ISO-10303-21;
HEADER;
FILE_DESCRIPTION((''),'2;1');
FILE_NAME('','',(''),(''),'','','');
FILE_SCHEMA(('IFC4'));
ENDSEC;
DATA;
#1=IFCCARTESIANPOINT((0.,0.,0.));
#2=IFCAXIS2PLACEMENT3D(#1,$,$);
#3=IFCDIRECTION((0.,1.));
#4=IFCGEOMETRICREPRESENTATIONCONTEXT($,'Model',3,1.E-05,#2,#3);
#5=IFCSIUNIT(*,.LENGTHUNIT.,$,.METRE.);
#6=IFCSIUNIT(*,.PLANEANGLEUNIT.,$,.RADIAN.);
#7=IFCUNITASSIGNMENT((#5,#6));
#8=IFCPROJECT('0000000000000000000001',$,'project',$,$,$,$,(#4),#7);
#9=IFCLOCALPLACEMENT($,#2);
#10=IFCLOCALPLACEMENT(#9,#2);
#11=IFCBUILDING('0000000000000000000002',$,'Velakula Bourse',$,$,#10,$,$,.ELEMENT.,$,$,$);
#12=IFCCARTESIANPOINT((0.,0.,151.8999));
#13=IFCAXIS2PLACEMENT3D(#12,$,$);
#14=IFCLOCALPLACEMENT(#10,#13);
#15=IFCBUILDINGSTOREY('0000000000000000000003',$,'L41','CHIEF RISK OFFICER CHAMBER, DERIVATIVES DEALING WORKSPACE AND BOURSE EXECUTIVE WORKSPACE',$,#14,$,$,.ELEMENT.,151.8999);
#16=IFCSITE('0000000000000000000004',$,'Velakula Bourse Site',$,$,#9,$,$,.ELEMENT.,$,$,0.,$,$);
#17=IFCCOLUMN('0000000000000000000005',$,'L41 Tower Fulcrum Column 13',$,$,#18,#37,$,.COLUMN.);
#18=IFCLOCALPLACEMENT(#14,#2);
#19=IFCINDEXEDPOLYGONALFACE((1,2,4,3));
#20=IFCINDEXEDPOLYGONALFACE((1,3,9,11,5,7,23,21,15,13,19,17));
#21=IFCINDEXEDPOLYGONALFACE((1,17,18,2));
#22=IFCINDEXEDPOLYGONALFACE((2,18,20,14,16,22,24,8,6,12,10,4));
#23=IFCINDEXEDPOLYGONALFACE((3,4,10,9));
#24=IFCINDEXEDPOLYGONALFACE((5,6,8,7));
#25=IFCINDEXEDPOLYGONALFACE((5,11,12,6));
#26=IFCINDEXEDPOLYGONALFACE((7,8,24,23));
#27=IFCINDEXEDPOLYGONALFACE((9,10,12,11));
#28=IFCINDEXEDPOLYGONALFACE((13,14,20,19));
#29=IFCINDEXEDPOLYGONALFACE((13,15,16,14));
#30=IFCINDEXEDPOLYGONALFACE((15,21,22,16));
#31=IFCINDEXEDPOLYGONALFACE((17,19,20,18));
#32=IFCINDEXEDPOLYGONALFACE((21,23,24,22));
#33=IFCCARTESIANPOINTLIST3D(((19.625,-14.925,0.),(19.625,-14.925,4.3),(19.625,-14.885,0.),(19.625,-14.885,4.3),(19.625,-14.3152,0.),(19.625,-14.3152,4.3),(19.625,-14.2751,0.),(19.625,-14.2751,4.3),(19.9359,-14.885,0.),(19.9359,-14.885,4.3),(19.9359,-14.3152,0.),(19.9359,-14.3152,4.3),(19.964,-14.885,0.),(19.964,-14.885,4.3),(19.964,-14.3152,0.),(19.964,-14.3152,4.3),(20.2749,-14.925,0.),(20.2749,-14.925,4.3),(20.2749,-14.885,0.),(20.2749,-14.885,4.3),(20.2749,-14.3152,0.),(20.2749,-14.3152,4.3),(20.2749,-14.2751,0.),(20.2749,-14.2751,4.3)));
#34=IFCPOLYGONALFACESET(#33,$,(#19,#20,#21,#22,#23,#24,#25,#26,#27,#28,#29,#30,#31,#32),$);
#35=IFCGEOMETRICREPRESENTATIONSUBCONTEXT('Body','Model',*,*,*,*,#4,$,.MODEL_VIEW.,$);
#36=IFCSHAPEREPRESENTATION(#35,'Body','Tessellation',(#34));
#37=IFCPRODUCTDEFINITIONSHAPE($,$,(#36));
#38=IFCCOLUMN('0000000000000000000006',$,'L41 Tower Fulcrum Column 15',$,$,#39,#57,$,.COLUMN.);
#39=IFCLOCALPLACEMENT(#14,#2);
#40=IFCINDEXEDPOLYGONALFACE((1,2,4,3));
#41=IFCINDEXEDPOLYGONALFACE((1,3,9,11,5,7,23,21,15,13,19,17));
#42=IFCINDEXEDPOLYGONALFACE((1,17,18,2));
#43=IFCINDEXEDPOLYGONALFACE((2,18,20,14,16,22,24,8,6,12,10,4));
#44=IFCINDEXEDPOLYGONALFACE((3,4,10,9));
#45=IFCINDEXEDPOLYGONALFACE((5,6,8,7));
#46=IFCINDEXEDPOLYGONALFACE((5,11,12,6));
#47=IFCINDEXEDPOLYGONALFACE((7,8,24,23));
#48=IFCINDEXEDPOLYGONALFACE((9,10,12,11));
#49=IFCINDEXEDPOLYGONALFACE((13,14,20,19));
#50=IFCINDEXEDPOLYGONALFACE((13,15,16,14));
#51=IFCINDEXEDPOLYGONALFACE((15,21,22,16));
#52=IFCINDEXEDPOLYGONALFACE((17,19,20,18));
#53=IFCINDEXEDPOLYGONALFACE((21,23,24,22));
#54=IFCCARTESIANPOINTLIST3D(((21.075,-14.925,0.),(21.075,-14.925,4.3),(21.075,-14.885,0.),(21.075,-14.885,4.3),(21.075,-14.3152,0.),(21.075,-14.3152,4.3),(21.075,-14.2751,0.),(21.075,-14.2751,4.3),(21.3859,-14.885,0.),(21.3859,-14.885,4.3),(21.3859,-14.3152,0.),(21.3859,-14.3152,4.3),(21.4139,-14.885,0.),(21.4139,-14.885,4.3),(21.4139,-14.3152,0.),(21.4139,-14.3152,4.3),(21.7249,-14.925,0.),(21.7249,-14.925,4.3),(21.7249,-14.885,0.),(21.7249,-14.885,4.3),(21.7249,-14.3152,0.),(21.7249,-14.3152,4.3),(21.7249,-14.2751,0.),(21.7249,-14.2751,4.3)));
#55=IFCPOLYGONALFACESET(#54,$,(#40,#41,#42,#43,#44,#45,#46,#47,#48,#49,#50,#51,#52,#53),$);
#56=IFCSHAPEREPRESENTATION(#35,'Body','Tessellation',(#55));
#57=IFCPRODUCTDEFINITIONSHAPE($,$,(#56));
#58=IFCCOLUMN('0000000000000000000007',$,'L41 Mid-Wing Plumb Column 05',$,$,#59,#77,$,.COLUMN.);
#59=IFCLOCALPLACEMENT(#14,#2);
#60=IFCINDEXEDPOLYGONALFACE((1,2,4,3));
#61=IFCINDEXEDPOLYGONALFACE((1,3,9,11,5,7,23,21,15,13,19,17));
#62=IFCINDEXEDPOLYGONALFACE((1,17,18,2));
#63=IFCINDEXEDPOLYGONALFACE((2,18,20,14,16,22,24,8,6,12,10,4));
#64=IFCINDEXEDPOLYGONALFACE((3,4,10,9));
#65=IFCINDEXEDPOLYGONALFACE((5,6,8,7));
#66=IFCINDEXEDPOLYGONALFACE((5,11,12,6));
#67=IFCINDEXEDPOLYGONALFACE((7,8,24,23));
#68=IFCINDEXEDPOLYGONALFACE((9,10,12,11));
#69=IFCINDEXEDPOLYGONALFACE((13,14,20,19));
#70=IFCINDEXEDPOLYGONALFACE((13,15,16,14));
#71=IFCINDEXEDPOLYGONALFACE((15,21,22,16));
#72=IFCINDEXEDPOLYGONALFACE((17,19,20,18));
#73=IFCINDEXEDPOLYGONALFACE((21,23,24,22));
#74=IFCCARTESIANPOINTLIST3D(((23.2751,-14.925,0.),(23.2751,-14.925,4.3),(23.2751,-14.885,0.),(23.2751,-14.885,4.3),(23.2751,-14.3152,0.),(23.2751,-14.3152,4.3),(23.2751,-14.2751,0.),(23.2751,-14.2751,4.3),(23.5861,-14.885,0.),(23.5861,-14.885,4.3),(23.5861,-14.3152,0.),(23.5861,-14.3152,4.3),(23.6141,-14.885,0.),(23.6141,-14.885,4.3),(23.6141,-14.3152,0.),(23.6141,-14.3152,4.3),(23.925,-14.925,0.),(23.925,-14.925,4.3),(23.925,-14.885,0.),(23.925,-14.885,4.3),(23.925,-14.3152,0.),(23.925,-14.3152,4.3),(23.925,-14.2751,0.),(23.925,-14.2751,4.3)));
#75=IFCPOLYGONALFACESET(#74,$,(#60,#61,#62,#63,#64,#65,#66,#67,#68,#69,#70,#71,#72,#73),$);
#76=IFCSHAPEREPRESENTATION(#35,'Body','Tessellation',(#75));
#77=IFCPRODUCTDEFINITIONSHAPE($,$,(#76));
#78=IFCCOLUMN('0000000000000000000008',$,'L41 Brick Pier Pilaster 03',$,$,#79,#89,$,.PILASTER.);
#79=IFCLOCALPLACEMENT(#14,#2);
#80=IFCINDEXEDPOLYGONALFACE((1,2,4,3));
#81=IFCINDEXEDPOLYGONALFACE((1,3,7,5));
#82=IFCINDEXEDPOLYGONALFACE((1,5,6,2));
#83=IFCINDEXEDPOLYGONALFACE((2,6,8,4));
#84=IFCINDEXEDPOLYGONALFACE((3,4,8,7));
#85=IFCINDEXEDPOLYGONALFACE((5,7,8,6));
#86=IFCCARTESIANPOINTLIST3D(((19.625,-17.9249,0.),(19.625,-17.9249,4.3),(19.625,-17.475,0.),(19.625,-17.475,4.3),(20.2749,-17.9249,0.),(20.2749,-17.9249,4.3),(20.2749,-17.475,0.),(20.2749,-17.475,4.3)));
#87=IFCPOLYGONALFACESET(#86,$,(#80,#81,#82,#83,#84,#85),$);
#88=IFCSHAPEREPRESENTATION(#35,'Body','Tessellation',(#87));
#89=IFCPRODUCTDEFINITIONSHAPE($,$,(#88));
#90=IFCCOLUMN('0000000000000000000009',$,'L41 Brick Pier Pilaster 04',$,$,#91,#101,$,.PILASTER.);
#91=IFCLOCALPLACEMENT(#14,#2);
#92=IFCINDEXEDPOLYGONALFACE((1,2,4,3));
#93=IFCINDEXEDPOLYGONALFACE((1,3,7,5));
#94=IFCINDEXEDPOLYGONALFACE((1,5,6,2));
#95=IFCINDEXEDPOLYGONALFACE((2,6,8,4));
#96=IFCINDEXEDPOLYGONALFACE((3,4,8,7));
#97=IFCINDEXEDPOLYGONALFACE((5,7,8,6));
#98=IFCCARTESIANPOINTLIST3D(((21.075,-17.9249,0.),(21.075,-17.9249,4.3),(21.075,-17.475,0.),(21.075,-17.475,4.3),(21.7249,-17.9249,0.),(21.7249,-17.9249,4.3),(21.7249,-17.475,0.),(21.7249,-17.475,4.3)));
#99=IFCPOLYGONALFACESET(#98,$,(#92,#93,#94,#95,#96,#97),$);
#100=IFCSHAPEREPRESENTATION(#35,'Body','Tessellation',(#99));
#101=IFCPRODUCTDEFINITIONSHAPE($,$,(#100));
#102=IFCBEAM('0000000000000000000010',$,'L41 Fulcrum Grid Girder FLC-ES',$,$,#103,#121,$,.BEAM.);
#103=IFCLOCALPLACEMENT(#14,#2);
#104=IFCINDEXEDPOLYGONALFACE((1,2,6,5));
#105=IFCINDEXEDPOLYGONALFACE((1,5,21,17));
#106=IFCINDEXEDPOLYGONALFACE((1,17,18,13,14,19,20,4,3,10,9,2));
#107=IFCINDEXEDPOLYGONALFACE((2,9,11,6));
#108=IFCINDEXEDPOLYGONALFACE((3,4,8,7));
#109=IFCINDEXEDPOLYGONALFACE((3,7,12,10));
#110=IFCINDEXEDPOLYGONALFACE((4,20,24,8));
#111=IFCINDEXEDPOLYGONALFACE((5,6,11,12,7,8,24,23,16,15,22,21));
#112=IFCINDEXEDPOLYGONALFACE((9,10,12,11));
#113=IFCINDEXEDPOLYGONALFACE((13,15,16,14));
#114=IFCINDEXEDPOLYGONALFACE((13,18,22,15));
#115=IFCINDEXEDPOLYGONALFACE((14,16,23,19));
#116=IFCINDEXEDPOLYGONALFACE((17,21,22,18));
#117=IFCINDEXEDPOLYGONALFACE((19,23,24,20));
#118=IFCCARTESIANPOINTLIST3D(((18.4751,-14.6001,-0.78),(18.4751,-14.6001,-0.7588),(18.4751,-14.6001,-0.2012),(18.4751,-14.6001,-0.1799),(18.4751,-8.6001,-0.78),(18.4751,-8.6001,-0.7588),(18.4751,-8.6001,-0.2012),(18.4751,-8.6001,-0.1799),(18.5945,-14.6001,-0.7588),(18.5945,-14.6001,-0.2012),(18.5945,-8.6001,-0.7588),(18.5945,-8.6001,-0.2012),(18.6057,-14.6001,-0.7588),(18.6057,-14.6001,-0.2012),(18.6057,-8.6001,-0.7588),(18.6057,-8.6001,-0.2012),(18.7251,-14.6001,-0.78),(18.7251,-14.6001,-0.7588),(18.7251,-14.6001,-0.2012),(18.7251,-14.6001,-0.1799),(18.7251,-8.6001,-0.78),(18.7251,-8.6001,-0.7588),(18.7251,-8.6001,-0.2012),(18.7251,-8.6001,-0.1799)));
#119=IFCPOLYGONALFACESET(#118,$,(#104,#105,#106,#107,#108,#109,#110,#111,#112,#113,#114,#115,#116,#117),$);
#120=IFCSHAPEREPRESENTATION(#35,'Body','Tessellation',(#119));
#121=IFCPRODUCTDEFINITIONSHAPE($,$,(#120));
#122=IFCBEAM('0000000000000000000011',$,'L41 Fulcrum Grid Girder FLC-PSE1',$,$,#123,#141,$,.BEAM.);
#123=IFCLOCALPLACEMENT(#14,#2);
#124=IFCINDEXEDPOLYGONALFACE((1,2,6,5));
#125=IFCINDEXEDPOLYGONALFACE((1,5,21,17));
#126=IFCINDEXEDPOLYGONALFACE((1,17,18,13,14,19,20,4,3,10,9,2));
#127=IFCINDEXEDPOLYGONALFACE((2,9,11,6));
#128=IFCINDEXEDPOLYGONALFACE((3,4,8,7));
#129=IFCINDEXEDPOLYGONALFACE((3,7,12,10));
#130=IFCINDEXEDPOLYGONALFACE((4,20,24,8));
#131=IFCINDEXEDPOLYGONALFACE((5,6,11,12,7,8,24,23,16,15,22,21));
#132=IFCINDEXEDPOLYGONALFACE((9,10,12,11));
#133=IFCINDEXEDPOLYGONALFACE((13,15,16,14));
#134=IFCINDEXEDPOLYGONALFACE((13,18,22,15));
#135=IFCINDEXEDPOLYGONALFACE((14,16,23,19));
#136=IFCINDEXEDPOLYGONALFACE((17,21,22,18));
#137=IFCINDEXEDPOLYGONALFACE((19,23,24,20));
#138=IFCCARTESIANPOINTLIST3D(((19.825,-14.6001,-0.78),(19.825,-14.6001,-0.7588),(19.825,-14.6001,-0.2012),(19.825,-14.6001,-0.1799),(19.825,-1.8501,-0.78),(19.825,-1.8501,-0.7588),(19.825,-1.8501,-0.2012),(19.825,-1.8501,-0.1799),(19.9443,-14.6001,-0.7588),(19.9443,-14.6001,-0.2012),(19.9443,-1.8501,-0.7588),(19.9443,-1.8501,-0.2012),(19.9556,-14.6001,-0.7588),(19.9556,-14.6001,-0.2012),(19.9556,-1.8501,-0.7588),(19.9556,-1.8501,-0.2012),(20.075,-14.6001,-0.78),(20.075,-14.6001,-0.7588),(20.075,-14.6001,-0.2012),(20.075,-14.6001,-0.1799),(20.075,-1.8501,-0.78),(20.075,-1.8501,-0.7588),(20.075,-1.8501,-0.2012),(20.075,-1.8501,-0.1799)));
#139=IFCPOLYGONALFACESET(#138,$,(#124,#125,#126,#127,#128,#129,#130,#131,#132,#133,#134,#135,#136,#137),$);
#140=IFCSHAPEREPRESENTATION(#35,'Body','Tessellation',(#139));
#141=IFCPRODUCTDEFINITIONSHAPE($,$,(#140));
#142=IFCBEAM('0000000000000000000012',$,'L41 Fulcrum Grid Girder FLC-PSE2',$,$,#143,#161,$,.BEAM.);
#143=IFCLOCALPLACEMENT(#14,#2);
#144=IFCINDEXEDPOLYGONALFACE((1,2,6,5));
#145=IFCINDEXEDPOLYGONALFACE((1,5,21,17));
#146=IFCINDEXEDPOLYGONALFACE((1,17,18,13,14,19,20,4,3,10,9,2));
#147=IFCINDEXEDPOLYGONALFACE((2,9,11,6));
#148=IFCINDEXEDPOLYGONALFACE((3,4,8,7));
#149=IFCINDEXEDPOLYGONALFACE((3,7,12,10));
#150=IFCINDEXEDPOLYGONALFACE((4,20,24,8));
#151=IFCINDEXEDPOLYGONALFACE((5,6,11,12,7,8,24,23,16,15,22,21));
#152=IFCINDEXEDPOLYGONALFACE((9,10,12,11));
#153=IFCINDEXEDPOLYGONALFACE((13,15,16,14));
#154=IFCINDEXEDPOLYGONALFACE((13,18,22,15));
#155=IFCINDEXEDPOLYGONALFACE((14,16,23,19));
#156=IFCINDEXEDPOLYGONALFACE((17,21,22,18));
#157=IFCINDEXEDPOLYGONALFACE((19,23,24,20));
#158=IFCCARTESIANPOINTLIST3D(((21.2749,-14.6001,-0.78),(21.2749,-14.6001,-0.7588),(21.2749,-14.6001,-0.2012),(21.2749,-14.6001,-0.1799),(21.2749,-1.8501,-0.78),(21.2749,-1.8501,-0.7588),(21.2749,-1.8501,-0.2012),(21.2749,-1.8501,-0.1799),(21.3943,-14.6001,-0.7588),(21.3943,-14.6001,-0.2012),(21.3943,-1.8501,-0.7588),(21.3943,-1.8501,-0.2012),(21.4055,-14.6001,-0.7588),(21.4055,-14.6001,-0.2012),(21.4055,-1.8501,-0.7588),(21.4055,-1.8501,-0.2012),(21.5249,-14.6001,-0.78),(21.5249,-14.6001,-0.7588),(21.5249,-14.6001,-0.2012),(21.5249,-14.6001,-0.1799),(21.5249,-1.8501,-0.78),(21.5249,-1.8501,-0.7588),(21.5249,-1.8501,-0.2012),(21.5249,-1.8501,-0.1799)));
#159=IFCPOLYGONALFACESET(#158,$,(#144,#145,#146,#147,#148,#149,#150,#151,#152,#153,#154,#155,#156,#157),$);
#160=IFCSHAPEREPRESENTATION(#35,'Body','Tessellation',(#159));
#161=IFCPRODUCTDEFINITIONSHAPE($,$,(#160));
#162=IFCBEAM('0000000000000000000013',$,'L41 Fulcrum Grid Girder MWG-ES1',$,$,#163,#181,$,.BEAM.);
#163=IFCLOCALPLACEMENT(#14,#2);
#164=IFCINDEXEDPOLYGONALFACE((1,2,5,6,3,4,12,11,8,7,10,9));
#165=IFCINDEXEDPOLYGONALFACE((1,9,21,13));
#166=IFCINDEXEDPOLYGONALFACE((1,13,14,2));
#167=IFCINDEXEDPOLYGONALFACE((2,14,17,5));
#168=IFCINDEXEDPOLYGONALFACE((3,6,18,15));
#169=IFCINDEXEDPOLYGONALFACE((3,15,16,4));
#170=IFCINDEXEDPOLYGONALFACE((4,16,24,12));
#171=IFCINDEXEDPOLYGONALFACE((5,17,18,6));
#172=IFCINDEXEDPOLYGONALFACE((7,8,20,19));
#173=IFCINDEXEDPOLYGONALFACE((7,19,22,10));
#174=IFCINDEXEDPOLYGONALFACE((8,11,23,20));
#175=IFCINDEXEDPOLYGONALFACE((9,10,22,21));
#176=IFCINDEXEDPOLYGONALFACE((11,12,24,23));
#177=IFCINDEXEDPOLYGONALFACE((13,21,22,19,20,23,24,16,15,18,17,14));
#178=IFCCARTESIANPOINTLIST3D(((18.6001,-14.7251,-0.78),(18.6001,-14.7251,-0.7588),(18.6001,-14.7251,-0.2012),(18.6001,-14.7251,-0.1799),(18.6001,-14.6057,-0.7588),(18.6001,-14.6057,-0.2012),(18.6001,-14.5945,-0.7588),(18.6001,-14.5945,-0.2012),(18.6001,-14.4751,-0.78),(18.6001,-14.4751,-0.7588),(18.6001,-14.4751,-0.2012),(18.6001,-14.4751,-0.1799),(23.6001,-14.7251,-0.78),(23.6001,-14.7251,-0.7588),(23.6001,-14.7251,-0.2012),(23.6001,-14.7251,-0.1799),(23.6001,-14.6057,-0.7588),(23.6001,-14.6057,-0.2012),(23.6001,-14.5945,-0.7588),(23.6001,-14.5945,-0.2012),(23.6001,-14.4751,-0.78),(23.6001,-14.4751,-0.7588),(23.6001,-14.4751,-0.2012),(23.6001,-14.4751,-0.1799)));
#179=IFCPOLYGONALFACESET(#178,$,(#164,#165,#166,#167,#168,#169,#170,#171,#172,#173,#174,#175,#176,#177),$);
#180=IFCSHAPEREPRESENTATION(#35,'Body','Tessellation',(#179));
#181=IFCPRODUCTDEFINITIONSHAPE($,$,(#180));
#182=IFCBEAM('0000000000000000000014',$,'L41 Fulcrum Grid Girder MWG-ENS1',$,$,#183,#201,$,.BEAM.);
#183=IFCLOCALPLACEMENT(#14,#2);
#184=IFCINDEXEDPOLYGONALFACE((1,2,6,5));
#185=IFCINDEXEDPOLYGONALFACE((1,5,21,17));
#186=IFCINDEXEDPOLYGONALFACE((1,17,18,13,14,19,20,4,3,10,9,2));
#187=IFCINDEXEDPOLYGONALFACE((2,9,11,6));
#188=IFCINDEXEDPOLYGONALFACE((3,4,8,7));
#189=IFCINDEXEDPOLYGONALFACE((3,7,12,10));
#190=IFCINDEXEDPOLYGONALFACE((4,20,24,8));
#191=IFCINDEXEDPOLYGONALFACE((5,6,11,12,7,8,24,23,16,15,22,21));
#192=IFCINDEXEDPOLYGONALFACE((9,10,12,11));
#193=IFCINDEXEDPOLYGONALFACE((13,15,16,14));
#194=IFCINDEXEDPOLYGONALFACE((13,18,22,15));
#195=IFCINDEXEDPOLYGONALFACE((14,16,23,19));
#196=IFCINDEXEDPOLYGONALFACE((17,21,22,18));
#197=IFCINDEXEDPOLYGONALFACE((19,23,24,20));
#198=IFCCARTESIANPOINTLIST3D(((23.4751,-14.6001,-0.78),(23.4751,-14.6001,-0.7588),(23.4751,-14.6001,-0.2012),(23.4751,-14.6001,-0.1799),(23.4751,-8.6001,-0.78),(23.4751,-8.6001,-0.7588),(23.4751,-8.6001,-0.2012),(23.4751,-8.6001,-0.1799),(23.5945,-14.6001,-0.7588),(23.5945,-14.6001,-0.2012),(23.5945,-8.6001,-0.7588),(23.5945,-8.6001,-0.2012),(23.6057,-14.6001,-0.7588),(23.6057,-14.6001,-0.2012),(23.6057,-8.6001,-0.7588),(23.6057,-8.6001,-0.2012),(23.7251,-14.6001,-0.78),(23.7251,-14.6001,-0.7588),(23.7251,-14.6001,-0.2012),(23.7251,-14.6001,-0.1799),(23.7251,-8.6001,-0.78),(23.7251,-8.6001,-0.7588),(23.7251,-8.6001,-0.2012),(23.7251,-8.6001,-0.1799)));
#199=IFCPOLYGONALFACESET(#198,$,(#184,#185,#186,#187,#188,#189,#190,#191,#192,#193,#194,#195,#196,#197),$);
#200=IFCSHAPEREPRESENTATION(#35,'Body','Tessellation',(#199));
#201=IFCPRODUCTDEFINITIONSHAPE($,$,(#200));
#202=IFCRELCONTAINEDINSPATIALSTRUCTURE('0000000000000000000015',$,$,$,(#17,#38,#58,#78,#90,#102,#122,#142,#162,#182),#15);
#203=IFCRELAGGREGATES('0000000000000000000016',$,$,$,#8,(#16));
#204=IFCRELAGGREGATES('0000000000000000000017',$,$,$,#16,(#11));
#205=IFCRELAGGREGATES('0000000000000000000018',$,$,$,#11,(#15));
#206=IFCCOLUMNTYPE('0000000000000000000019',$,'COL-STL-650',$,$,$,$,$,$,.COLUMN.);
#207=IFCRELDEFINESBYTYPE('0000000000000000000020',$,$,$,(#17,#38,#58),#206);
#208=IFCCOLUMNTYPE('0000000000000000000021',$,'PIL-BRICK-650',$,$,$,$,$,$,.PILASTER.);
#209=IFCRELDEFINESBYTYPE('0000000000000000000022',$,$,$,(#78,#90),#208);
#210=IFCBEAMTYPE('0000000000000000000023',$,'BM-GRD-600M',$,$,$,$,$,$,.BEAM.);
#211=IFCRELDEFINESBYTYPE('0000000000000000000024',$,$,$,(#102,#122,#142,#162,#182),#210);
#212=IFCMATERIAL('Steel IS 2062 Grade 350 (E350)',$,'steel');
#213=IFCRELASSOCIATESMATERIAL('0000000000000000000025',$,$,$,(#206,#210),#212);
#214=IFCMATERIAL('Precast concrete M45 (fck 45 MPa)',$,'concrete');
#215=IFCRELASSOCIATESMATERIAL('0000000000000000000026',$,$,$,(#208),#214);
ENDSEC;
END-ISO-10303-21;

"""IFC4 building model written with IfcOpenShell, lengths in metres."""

from ifc_helpers import new_model, si_unit, direction, frame, origin, origin_2d, place, context, subcontext, project, spatial, rectangle, i_section, extrude, material, material_profile, profile_set, type_object, element, save


model = new_model("IFC4")

# Units and contexts
model_context = context("Model", 3, precision=1e-05, world=origin(), true_north=direction((0.0, 1.0)))
body_context = subcontext(model_context, "Body", "Model", "MODEL_VIEW")
ifc_project = project(units=[si_unit("LENGTHUNIT", "METRE"), si_unit("PLANEANGLEUNIT", "RADIAN")], contexts=[model_context])

# Site, building, storey
site_placement = place(None, origin())
site = spatial("IfcSite", under=ifc_project, at=site_placement, Name="Velakula Bourse Site", CompositionType="ELEMENT", RefElevation=0.0)
building_placement = place(site_placement, origin())
building = spatial("IfcBuilding", under=site, at=building_placement, Name="Velakula Bourse", CompositionType="ELEMENT")
storey_placement = place(building_placement, frame((0.0, 0.0, 151.8999)))
storey = spatial("IfcBuildingStorey", under=building, at=storey_placement, Name="L41", Description="CHIEF RISK OFFICER CHAMBER, DERIVATIVES DEALING WORKSPACE AND BOURSE EXECUTIVE WORKSPACE", CompositionType="ELEMENT", Elevation=151.8999)

# Columns
ifc_material_1 = material(Name="Steel IS 2062 Grade 350 (E350)", Category="steel")
ifc_material_profile_1 = material_profile(ifc_material_1, i_section(OverallWidth=0.6499, OverallDepth=0.6499, WebThickness=0.0281, FlangeThickness=0.04, at=origin_2d()), Name="Steel IS 2062 Grade 350 (E350)")
ifc_profile_set_1 = profile_set([ifc_material_profile_1], Name="Steel IS 2062 Grade 350 (E350)")
column_type_1 = type_object("IfcColumnType", Name="COL-STL-650", PredefinedType="COLUMN", material=ifc_profile_set_1)
for number, where, z_axis, x_axis, name in (
    (1, (19.95, -14.6001, 0.0), (0.0, 0.0, 1.0), (1.0, 0.0, 0.0), "L41 Tower Fulcrum Column 13"),
    (2, (21.3999, -14.6001, 0.0), (0.0, 0.0, 1.0), (1.0, 0.0, 0.0), "L41 Tower Fulcrum Column 15"),
    (3, (23.6001, -14.6001, 0.0), (0.0, 0.0, 1.0), (1.0, 0.0, 0.0), "L41 Mid-Wing Plumb Column 05"),
):
    element("IfcColumn", number, at=place(storey_placement, frame(where, z_axis=z_axis, x_axis=x_axis)), inside=storey, type_object=column_type_1, Name=name, PredefinedType="COLUMN", context=body_context, shape_type="SweptSolid", body=[
        extrude(i_section(OverallWidth=0.6499, OverallDepth=0.6499, WebThickness=0.0281, FlangeThickness=0.04, at=origin_2d()), origin(), (0.0, 0.0, 1.0), 4.3),
    ])
ifc_material_2 = material(Name="Precast concrete M45 (fck 45 MPa)", Category="concrete")
ifc_material_profile_2 = material_profile(ifc_material_2, rectangle(XDim=0.6499, YDim=0.45, at=origin_2d()), Name="Precast concrete M45 (fck 45 MPa)")
ifc_profile_set_2 = profile_set([ifc_material_profile_2], Name="Precast concrete M45 (fck 45 MPa)")
column_type_2 = type_object("IfcColumnType", Name="PIL-BRICK-650", PredefinedType="PILASTER", material=ifc_profile_set_2)
for number, where, z_axis, x_axis, name in (
    (4, (19.95, -17.7, 0.0), (0.0, 0.0, 1.0), (1.0, 0.0, 0.0), "L41 Brick Pier Pilaster 03"),
    (5, (21.3999, -17.7, 0.0), (0.0, 0.0, 1.0), (1.0, 0.0, 0.0), "L41 Brick Pier Pilaster 04"),
):
    element("IfcColumn", number, at=place(storey_placement, frame(where, z_axis=z_axis, x_axis=x_axis)), inside=storey, type_object=column_type_2, Name=name, PredefinedType="PILASTER", context=body_context, shape_type="SweptSolid", body=[
        extrude(rectangle(XDim=0.6499, YDim=0.45, at=origin_2d()), origin(), (0.0, 0.0, 1.0), 4.3),
    ])

# Beams
ifc_material_profile_3 = material_profile(ifc_material_1, i_section(OverallWidth=0.25, OverallDepth=0.6001, WebThickness=0.0112, FlangeThickness=0.0212, at=origin_2d()), Name="Steel IS 2062 Grade 350 (E350)")
ifc_profile_set_3 = profile_set([ifc_material_profile_3], Name="Steel IS 2062 Grade 350 (E350)")
beam_type = type_object("IfcBeamType", Name="BM-GRD-600M", PredefinedType="BEAM", material=ifc_profile_set_3)
beam_1_placement = place(storey_placement, frame((18.6001, -14.6001, -0.48), z_axis=(0.0, 1.0, 0.0), x_axis=(-1.0, 0.0, 0.0)))
element("IfcBeam", 6, at=beam_1_placement, inside=storey, type_object=beam_type, Name="L41 Fulcrum Grid Girder FLC-ES", PredefinedType="BEAM", context=body_context, shape_type="SweptSolid", body=[
    extrude(i_section(OverallWidth=0.25, OverallDepth=0.6001, WebThickness=0.0112, FlangeThickness=0.0212, at=origin_2d()), origin(), (0.0, 0.0, 1.0), 6.0),
])
for number, where, z_axis, x_axis, name in (
    (7, (19.95, -14.6001, -0.48), (0.0, 1.0, 0.0), (-1.0, 0.0, 0.0), "L41 Fulcrum Grid Girder FLC-PSE1"),
    (8, (21.3999, -14.6001, -0.48), (0.0, 1.0, 0.0), (-1.0, 0.0, 0.0), "L41 Fulcrum Grid Girder FLC-PSE2"),
):
    element("IfcBeam", number, at=place(storey_placement, frame(where, z_axis=z_axis, x_axis=x_axis)), inside=storey, type_object=beam_type, Name=name, PredefinedType="BEAM", context=body_context, shape_type="SweptSolid", body=[
        extrude(i_section(OverallWidth=0.25, OverallDepth=0.6001, WebThickness=0.0112, FlangeThickness=0.0212, at=origin_2d()), origin(), (0.0, 0.0, 1.0), 12.75),
    ])
beam_2_placement = place(storey_placement, frame((18.6001, -14.6001, -0.48), z_axis=(1.0, 0.0, 0.0), x_axis=(0.0, 1.0, 0.0)))
element("IfcBeam", 9, at=beam_2_placement, inside=storey, type_object=beam_type, Name="L41 Fulcrum Grid Girder MWG-ES1", PredefinedType="BEAM", context=body_context, shape_type="SweptSolid", body=[
    extrude(i_section(OverallWidth=0.25, OverallDepth=0.6001, WebThickness=0.0112, FlangeThickness=0.0212, at=origin_2d()), origin(), (0.0, 0.0, 1.0), 5.0),
])
beam_3_placement = place(storey_placement, frame((23.6001, -14.6001, -0.48), z_axis=(0.0, 1.0, 0.0), x_axis=(-1.0, 0.0, 0.0)))
element("IfcBeam", 10, at=beam_3_placement, inside=storey, type_object=beam_type, Name="L41 Fulcrum Grid Girder MWG-ENS1", PredefinedType="BEAM", context=body_context, shape_type="SweptSolid", body=[
    extrude(i_section(OverallWidth=0.25, OverallDepth=0.6001, WebThickness=0.0112, FlangeThickness=0.0212, at=origin_2d()), origin(), (0.0, 0.0, 1.0), 6.0),
])

save(model, "model.ifc")
